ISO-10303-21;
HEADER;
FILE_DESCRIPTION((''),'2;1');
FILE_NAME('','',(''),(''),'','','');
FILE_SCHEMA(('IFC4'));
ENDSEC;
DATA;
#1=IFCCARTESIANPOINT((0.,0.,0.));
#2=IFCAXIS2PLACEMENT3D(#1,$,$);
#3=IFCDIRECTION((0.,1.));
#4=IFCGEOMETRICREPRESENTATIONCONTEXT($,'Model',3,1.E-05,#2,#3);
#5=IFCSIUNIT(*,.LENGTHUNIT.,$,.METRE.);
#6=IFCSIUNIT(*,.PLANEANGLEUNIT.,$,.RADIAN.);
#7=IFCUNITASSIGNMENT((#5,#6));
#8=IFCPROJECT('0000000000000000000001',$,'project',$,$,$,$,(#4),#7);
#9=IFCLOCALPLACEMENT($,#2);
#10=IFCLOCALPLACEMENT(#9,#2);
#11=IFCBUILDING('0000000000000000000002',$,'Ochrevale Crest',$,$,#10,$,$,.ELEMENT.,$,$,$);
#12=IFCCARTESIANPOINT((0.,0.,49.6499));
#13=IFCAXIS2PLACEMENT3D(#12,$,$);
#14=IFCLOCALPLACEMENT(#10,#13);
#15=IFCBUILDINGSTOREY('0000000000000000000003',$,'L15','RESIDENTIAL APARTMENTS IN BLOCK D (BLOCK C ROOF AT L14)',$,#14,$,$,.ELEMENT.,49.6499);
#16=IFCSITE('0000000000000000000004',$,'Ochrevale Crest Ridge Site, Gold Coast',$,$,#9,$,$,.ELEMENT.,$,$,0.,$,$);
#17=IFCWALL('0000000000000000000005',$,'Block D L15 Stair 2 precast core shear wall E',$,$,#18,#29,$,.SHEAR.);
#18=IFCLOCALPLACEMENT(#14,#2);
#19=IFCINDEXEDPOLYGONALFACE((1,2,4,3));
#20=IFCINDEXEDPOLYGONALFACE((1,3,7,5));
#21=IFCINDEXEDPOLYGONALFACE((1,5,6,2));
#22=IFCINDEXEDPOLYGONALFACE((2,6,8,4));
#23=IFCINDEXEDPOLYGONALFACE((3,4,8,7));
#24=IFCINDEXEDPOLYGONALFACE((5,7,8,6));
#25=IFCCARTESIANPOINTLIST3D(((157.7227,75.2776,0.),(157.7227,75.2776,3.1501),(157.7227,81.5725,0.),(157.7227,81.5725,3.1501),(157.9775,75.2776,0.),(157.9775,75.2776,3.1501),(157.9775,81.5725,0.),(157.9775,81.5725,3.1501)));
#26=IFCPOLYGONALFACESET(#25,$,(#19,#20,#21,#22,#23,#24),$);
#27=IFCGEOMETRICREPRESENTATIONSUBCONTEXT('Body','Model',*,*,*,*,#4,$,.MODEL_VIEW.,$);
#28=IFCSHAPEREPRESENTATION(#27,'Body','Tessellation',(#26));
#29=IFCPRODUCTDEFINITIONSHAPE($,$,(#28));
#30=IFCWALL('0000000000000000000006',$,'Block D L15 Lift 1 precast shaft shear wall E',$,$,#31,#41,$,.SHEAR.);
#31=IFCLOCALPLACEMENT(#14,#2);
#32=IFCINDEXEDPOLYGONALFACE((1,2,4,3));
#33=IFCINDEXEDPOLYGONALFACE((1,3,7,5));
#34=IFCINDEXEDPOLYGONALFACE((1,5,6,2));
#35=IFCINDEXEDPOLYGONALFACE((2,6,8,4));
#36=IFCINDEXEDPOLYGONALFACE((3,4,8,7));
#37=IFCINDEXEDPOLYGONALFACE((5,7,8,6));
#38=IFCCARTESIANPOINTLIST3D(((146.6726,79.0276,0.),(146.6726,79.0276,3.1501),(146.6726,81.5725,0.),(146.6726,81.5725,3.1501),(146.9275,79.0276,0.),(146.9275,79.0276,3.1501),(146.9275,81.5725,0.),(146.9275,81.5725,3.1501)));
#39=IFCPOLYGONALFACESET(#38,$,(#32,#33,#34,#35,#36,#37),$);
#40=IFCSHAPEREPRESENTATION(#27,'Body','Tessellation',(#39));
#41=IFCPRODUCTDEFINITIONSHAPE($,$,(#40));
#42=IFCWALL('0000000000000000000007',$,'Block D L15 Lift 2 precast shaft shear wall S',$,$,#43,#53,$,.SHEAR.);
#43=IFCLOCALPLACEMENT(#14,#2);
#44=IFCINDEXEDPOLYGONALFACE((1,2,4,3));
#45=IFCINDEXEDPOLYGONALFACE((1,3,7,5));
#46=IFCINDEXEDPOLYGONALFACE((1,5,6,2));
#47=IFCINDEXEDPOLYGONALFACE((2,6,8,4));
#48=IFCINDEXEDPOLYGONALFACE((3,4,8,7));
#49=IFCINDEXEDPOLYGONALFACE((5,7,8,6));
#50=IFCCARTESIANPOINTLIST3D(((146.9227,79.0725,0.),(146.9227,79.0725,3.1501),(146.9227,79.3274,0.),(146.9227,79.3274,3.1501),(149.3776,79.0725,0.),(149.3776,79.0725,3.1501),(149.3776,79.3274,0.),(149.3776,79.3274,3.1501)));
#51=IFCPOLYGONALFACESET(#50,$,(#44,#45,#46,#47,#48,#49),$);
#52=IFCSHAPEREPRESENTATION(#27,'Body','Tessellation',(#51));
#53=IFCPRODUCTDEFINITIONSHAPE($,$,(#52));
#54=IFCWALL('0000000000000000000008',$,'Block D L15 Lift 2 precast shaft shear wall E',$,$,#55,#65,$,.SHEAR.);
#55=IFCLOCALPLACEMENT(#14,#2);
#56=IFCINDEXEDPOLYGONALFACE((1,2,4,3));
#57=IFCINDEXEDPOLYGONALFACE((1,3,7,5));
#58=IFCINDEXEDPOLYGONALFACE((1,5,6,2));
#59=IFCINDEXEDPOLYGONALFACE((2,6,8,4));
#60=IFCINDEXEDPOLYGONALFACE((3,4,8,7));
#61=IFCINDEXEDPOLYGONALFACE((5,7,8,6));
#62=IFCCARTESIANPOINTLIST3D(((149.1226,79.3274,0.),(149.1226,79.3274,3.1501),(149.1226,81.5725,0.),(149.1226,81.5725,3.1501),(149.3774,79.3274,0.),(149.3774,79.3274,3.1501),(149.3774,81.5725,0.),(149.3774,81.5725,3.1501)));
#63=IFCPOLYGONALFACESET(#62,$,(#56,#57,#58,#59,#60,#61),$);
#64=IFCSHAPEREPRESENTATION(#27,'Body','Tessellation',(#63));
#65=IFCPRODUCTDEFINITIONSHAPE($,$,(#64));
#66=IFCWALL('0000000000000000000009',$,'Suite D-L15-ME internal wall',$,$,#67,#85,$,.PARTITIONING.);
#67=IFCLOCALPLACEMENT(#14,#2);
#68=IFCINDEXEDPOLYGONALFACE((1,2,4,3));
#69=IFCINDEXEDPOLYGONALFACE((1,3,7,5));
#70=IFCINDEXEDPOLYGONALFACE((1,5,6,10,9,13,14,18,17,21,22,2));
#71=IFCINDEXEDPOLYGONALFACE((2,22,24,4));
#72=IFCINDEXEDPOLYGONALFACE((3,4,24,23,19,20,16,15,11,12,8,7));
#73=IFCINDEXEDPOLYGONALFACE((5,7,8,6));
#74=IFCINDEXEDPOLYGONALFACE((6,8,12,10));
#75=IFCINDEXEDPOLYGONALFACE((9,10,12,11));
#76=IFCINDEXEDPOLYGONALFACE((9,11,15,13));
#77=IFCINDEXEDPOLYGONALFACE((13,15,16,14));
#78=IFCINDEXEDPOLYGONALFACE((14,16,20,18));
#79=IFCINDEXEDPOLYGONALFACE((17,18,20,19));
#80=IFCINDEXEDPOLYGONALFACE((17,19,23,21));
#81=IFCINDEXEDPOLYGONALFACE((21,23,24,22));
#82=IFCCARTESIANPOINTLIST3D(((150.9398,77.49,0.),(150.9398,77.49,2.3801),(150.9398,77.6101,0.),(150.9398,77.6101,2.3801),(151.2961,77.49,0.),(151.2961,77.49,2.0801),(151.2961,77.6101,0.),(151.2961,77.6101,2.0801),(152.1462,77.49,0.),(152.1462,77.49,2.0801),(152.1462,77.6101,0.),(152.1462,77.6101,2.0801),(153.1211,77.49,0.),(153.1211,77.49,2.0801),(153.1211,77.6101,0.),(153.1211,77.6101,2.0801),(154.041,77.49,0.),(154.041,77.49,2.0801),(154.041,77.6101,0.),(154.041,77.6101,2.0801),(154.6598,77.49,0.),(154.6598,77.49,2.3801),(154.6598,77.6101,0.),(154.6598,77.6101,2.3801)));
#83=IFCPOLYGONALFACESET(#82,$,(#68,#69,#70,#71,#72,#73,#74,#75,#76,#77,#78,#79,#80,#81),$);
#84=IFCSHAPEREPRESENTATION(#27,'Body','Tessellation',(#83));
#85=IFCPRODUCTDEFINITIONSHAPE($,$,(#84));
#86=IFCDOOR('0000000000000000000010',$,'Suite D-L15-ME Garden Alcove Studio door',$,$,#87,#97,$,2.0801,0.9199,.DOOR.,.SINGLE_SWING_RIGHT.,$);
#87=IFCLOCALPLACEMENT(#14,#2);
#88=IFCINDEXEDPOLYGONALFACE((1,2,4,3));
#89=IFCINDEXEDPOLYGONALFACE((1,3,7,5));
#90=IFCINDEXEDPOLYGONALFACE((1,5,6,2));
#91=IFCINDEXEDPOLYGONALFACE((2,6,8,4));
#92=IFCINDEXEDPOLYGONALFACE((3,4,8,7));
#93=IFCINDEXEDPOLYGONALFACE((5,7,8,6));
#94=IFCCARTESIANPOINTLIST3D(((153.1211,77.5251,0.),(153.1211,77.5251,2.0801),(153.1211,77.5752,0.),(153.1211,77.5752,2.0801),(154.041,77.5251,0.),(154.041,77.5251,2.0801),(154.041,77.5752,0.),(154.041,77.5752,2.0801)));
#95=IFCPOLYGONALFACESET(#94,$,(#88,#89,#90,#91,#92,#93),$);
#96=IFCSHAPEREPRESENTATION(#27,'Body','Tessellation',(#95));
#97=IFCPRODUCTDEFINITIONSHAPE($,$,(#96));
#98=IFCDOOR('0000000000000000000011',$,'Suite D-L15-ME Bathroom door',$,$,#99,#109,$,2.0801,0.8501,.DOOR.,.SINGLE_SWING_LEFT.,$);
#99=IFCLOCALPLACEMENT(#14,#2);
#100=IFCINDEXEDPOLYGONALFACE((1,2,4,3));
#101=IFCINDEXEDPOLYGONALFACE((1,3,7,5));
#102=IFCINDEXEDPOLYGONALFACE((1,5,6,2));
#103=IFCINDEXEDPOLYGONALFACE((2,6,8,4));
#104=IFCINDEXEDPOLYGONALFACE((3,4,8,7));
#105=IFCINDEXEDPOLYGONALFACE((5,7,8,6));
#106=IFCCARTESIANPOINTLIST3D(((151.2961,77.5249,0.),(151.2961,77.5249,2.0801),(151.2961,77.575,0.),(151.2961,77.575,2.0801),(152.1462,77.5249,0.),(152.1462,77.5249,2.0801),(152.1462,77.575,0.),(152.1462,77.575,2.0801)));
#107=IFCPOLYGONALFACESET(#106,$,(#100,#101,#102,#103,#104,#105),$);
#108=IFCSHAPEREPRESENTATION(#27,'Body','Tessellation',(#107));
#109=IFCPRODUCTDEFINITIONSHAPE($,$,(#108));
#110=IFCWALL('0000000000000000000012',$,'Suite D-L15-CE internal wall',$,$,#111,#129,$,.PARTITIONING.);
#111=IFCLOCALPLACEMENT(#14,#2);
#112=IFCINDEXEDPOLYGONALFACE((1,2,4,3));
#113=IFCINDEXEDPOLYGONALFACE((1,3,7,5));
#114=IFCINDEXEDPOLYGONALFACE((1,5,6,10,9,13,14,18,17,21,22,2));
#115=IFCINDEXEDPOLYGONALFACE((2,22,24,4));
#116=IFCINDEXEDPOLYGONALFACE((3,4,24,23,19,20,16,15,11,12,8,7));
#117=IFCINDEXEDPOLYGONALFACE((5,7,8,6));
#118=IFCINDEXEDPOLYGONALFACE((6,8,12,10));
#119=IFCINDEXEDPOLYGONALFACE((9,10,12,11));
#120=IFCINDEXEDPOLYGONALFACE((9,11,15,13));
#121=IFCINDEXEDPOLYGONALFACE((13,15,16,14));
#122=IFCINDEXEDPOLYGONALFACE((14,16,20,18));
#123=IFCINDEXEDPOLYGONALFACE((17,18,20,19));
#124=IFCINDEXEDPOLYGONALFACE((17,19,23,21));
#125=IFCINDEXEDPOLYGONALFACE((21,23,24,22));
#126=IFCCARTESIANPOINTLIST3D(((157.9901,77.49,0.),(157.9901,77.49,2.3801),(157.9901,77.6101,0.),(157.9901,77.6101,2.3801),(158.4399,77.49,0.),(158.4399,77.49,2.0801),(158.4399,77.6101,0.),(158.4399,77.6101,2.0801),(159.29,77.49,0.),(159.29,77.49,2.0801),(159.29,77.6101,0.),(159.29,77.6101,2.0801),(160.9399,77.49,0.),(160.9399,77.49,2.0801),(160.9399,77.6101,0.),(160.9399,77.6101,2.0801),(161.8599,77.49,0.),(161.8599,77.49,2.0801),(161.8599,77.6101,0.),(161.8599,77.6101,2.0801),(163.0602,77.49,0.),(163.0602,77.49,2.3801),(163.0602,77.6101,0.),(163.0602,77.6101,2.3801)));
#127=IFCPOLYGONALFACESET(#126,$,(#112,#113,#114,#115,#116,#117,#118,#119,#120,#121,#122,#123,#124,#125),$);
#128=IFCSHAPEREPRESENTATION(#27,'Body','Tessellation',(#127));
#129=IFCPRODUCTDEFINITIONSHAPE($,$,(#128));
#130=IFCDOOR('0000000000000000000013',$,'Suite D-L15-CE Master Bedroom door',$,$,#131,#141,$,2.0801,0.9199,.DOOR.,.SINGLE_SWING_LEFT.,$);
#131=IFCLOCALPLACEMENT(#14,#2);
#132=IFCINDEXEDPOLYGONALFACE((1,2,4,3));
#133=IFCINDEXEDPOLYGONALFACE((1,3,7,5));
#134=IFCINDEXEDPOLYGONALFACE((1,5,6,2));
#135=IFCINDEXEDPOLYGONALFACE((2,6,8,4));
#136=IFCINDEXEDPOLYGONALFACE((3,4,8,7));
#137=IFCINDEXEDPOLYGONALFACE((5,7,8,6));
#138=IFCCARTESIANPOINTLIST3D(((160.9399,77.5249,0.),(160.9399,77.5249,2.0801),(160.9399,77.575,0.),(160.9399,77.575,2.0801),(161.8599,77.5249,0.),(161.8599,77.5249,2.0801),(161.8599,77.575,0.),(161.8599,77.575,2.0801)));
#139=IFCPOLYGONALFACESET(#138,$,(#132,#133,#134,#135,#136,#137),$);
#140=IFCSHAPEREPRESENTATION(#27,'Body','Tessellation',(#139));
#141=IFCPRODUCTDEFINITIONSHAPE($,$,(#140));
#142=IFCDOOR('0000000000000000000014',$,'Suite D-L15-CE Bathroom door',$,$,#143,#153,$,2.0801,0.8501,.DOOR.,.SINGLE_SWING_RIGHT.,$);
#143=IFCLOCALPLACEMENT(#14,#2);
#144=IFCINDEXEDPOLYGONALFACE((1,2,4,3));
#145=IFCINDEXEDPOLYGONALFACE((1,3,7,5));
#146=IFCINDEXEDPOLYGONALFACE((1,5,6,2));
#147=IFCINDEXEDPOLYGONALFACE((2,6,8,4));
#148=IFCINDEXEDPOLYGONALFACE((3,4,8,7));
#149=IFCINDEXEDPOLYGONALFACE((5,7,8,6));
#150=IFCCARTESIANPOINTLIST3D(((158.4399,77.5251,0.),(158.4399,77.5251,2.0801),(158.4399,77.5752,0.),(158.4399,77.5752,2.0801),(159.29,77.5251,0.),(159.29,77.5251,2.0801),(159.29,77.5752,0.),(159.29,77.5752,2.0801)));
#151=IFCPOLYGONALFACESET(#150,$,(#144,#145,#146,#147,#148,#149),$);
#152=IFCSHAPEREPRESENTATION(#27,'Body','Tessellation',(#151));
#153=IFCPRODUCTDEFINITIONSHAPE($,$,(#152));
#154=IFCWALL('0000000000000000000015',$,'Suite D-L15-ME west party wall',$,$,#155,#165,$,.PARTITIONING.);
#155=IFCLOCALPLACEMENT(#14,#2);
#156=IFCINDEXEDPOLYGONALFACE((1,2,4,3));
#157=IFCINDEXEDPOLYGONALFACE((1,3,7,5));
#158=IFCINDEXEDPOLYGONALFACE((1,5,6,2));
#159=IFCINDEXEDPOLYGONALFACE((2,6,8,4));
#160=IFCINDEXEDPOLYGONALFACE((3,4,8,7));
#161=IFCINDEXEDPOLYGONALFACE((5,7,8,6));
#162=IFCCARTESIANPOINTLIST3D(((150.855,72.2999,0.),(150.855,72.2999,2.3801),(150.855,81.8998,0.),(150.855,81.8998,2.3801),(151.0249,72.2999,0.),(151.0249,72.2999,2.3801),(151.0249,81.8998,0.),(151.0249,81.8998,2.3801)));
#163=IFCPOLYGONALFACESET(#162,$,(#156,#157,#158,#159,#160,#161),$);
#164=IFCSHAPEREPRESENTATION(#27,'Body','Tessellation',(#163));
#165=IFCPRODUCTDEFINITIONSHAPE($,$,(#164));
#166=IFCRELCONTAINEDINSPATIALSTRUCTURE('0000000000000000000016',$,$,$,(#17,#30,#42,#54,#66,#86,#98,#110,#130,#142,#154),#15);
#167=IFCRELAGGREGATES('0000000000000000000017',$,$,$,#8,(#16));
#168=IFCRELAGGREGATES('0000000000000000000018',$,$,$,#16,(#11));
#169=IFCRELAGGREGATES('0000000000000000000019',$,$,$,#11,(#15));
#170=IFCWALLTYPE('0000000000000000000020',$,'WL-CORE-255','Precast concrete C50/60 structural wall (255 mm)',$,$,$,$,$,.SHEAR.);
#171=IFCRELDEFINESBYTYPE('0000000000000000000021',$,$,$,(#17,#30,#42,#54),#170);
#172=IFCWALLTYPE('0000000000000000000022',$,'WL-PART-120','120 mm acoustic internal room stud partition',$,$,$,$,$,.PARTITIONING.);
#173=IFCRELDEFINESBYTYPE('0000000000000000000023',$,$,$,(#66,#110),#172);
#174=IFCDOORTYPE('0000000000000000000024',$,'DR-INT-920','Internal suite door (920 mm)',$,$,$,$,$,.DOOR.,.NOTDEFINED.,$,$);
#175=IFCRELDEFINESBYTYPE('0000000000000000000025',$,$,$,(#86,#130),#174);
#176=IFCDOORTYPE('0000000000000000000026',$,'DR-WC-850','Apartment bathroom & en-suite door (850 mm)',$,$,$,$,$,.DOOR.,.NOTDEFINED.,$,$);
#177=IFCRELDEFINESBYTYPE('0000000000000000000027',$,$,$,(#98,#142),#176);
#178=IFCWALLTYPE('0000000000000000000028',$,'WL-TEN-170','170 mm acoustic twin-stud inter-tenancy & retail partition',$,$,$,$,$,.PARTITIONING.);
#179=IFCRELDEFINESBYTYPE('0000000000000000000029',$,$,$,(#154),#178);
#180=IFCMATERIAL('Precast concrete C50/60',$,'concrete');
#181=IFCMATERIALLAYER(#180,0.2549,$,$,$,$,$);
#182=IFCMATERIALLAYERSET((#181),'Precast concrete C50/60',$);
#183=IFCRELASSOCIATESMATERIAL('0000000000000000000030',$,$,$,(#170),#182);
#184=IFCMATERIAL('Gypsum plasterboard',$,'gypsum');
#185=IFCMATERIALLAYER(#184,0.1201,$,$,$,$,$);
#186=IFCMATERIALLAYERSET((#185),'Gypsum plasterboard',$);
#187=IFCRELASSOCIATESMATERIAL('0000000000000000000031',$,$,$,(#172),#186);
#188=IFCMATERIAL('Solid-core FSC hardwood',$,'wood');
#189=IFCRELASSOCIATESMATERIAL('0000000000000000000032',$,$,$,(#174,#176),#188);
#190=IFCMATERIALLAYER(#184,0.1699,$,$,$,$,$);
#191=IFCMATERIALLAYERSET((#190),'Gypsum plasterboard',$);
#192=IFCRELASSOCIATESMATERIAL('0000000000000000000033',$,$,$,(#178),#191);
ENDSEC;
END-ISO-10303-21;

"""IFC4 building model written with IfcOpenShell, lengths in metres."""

from ifc_helpers import new_model, si_unit, direction, frame, frame_2d, origin, place, context, subcontext, project, spatial, rectangle, extrude, material, layer, layer_set, type_object, element, fill, save


model = new_model("IFC4")

# Units and contexts
model_context = context("Model", 3, precision=1e-05, world=origin(), true_north=direction((0.0, 1.0)))
body_context = subcontext(model_context, "Body", "Model", "MODEL_VIEW")
ifc_project = project(units=[si_unit("LENGTHUNIT", "METRE"), si_unit("PLANEANGLEUNIT", "RADIAN")], contexts=[model_context])

# Site, building, storey
site_placement = place(None, origin())
site = spatial("IfcSite", under=ifc_project, at=site_placement, Name="Ochrevale Crest Ridge Site, Gold Coast", CompositionType="ELEMENT", RefElevation=0.0)
building_placement = place(site_placement, origin())
building = spatial("IfcBuilding", under=site, at=building_placement, Name="Ochrevale Crest", CompositionType="ELEMENT")
storey_placement = place(building_placement, frame((0.0, 0.0, 49.6499)))
storey = spatial("IfcBuildingStorey", under=building, at=storey_placement, Name="L15", Description="RESIDENTIAL APARTMENTS IN BLOCK D (BLOCK C ROOF AT L14)", CompositionType="ELEMENT", Elevation=49.6499)

# Shared definitions
ifc_material_1 = material(Name="Precast concrete C50/60", Category="concrete")

# Walls
ifc_layer_1 = layer(ifc_material_1, 0.2549)
ifc_layer_set_1 = layer_set([ifc_layer_1], Name="Precast concrete C50/60")
wall_type_1 = type_object("IfcWallType", Name="WL-CORE-255", Description="Precast concrete C50/60 structural wall (255 mm)", PredefinedType="SHEAR", material=ifc_layer_set_1)
for number, where, z_axis, x_axis, name in (
    (1, (157.8501, 75.2776, 0.0), (0.0, 0.0, 1.0), (0.0, 1.0, 0.0), "Block D L15 Stair 2 precast core shear wall E"),
):
    element("IfcWall", number, at=place(storey_placement, frame(where, z_axis=z_axis, x_axis=x_axis)), inside=storey, type_object=wall_type_1, Name=name, PredefinedType="SHEAR", context=body_context, shape_type="SweptSolid", body=[
        extrude(rectangle(XDim=6.2949, YDim=0.2549, at=frame_2d((3.1475, 0.0))), origin(), (0.0, 0.0, 1.0), 3.1501),
    ])
wall_1_placement = place(storey_placement, frame((146.8, 79.0276, 0.0), z_axis=(0.0, 0.0, 1.0), x_axis=(0.0, 1.0, 0.0)))
element("IfcWall", 2, at=wall_1_placement, inside=storey, type_object=wall_type_1, Name="Block D L15 Lift 1 precast shaft shear wall E", PredefinedType="SHEAR", context=body_context, shape_type="SweptSolid", body=[
    extrude(rectangle(XDim=2.5449, YDim=0.2549, at=frame_2d((1.2725, 0.0))), origin(), (0.0, 0.0, 1.0), 3.1501),
])
wall_2_placement = place(storey_placement, frame((146.9226, 79.2, 0.0), z_axis=(0.0, 0.0, 1.0), x_axis=(1.0, 0.0, 0.0)))
element("IfcWall", 3, at=wall_2_placement, inside=storey, type_object=wall_type_1, Name="Block D L15 Lift 2 precast shaft shear wall S", PredefinedType="SHEAR", context=body_context, shape_type="SweptSolid", body=[
    extrude(rectangle(XDim=2.4548, YDim=0.2549, at=frame_2d((1.2275, 0.0))), origin(), (0.0, 0.0, 1.0), 3.1501),
])
wall_3_placement = place(storey_placement, frame((149.25, 79.3274, 0.0), z_axis=(0.0, 0.0, 1.0), x_axis=(0.0, 1.0, 0.0)))
element("IfcWall", 4, at=wall_3_placement, inside=storey, type_object=wall_type_1, Name="Block D L15 Lift 2 precast shaft shear wall E", PredefinedType="SHEAR", context=body_context, shape_type="SweptSolid", body=[
    extrude(rectangle(XDim=2.2451, YDim=0.2549, at=frame_2d((1.1226, 0.0))), origin(), (0.0, 0.0, 1.0), 3.1501),
])

# Walls, openings, doors
ifc_material_2 = material(Name="Gypsum plasterboard", Category="gypsum")
ifc_layer_2 = layer(ifc_material_2, 0.1201)
ifc_layer_set_2 = layer_set([ifc_layer_2], Name="Gypsum plasterboard")
wall_type_2 = type_object("IfcWallType", Name="WL-PART-120", Description="120 mm acoustic internal room stud partition", PredefinedType="PARTITIONING", material=ifc_layer_set_2)
wall_4_placement = place(storey_placement, frame((150.9399, 77.55, 0.0), z_axis=(0.0, 0.0, 1.0), x_axis=(1.0, 0.0, 0.0)))
wall_4 = element("IfcWall", 5, at=wall_4_placement, inside=storey, type_object=wall_type_2, Name="Suite D-L15-ME internal wall", PredefinedType="PARTITIONING", context=body_context, shape_type="SweptSolid", body=[
    extrude(rectangle(XDim=3.72, YDim=0.1201, at=frame_2d((1.8599, 0.0))), origin(), (0.0, 0.0, 1.0), 2.3801),
])
opening_1_placement = place(wall_4_placement, frame((0.3562, 0.0, 0.0)))
opening_1 = element("IfcOpeningElement", 6, at=opening_1_placement, cuts=wall_4, PredefinedType="OPENING", context=body_context, shape_type="SweptSolid", body=[
    extrude(rectangle(XDim=0.8501, YDim=2.0801, at=frame_2d((0.425, 1.04))), frame((0.0, 0.0701, 0.0), z_axis=(0.0, -1.0, 0.0), x_axis=(1.0, 0.0, 0.0)), (0.0, 0.0, 1.0), 0.1401),
])
opening_2_placement = place(wall_4_placement, frame((3.1011, 0.0, 0.0), z_axis=(0.0, 0.0, 1.0), x_axis=(-1.0, 0.0, 0.0)))
opening_2 = element("IfcOpeningElement", 7, at=opening_2_placement, cuts=wall_4, PredefinedType="OPENING", context=body_context, shape_type="SweptSolid", body=[
    extrude(rectangle(XDim=0.9199, YDim=2.0801, at=frame_2d((0.46, 1.04))), frame((0.0, 0.0701, 0.0), z_axis=(0.0, -1.0, 0.0), x_axis=(1.0, 0.0, 0.0)), (0.0, 0.0, 1.0), 0.1401),
])
ifc_material_3 = material(Name="Solid-core FSC hardwood", Category="wood")
door_type_1 = type_object("IfcDoorType", Name="DR-INT-920", Description="Internal suite door (920 mm)", OperationType="NOTDEFINED", PredefinedType="DOOR", material=ifc_material_3)
door_1_placement = place(opening_2_placement, origin())
door_1 = element("IfcDoor", 8, at=door_1_placement, inside=storey, type_object=door_type_1, Name="Suite D-L15-ME Garden Alcove Studio door", OperationType="SINGLE_SWING_RIGHT", OverallHeight=2.0801, OverallWidth=0.9199, PredefinedType="DOOR", context=body_context, shape_type="SweptSolid", body=[
    extrude(rectangle(XDim=0.9199, YDim=2.0801, at=frame_2d((0.46, 1.04))), frame((0.0, 0.0249, 0.0), z_axis=(0.0, -1.0, 0.0), x_axis=(1.0, 0.0, 0.0)), (0.0, 0.0, 1.0), 0.05),
])
fill(opening_2, door_1)
door_type_2 = type_object("IfcDoorType", Name="DR-WC-850", Description="Apartment bathroom & en-suite door (850 mm)", OperationType="NOTDEFINED", PredefinedType="DOOR", material=ifc_material_3)
door_2_placement = place(opening_1_placement, origin())
door_2 = element("IfcDoor", 9, at=door_2_placement, inside=storey, type_object=door_type_2, Name="Suite D-L15-ME Bathroom door", OperationType="SINGLE_SWING_LEFT", OverallHeight=2.0801, OverallWidth=0.8501, PredefinedType="DOOR", context=body_context, shape_type="SweptSolid", body=[
    extrude(rectangle(XDim=0.8501, YDim=2.0801, at=frame_2d((0.425, 1.04))), frame((0.0, 0.0249, 0.0), z_axis=(0.0, -1.0, 0.0), x_axis=(1.0, 0.0, 0.0)), (0.0, 0.0, 1.0), 0.05),
])
fill(opening_1, door_2)
wall_5_placement = place(storey_placement, frame((157.99, 77.55, 0.0), z_axis=(0.0, 0.0, 1.0), x_axis=(1.0, 0.0, 0.0)))
wall_5 = element("IfcWall", 10, at=wall_5_placement, inside=storey, type_object=wall_type_2, Name="Suite D-L15-CE internal wall", PredefinedType="PARTITIONING", context=body_context, shape_type="SweptSolid", body=[
    extrude(rectangle(XDim=5.0701, YDim=0.1201, at=frame_2d((2.5352, 0.0))), origin(), (0.0, 0.0, 1.0), 2.3801),
])
opening_3_placement = place(wall_5_placement, frame((1.3, 0.0, 0.0), z_axis=(0.0, 0.0, 1.0), x_axis=(-1.0, 0.0, 0.0)))
opening_3 = element("IfcOpeningElement", 11, at=opening_3_placement, cuts=wall_5, PredefinedType="OPENING", context=body_context, shape_type="SweptSolid", body=[
    extrude(rectangle(XDim=0.8501, YDim=2.0801, at=frame_2d((0.425, 1.04))), frame((0.0, 0.0701, 0.0), z_axis=(0.0, -1.0, 0.0), x_axis=(1.0, 0.0, 0.0)), (0.0, 0.0, 1.0), 0.1401),
])
opening_4_placement = place(wall_5_placement, frame((2.95, 0.0, 0.0)))
opening_4 = element("IfcOpeningElement", 12, at=opening_4_placement, cuts=wall_5, PredefinedType="OPENING", context=body_context, shape_type="SweptSolid", body=[
    extrude(rectangle(XDim=0.9199, YDim=2.0801, at=frame_2d((0.46, 1.04))), frame((0.0, 0.0701, 0.0), z_axis=(0.0, -1.0, 0.0), x_axis=(1.0, 0.0, 0.0)), (0.0, 0.0, 1.0), 0.1401),
])
door_3_placement = place(opening_4_placement, origin())
door_3 = element("IfcDoor", 13, at=door_3_placement, inside=storey, type_object=door_type_1, Name="Suite D-L15-CE Master Bedroom door", OperationType="SINGLE_SWING_LEFT", OverallHeight=2.0801, OverallWidth=0.9199, PredefinedType="DOOR", context=body_context, shape_type="SweptSolid", body=[
    extrude(rectangle(XDim=0.9199, YDim=2.0801, at=frame_2d((0.46, 1.04))), frame((0.0, 0.0249, 0.0), z_axis=(0.0, -1.0, 0.0), x_axis=(1.0, 0.0, 0.0)), (0.0, 0.0, 1.0), 0.05),
])
fill(opening_4, door_3)
door_4_placement = place(opening_3_placement, origin())
door_4 = element("IfcDoor", 14, at=door_4_placement, inside=storey, type_object=door_type_2, Name="Suite D-L15-CE Bathroom door", OperationType="SINGLE_SWING_RIGHT", OverallHeight=2.0801, OverallWidth=0.8501, PredefinedType="DOOR", context=body_context, shape_type="SweptSolid", body=[
    extrude(rectangle(XDim=0.8501, YDim=2.0801, at=frame_2d((0.425, 1.04))), frame((0.0, 0.0249, 0.0), z_axis=(0.0, -1.0, 0.0), x_axis=(1.0, 0.0, 0.0)), (0.0, 0.0, 1.0), 0.05),
])
fill(opening_3, door_4)

# Wall
ifc_layer_3 = layer(ifc_material_2, 0.1699)
ifc_layer_set_3 = layer_set([ifc_layer_3], Name="Gypsum plasterboard")
wall_type_3 = type_object("IfcWallType", Name="WL-TEN-170", Description="170 mm acoustic twin-stud inter-tenancy & retail partition", PredefinedType="PARTITIONING", material=ifc_layer_set_3)
wall_6_placement = place(storey_placement, frame((150.9399, 72.3, 0.0), z_axis=(0.0, 0.0, 1.0), x_axis=(0.0, 1.0, 0.0)))
element("IfcWall", 15, at=wall_6_placement, inside=storey, type_object=wall_type_3, Name="Suite D-L15-ME west party wall", PredefinedType="PARTITIONING", context=body_context, shape_type="SweptSolid", body=[
    extrude(rectangle(XDim=9.5999, YDim=0.1699, at=frame_2d((4.7998, 0.0))), origin(), (0.0, 0.0, 1.0), 2.3801),
])

save(model, "model.ifc")
